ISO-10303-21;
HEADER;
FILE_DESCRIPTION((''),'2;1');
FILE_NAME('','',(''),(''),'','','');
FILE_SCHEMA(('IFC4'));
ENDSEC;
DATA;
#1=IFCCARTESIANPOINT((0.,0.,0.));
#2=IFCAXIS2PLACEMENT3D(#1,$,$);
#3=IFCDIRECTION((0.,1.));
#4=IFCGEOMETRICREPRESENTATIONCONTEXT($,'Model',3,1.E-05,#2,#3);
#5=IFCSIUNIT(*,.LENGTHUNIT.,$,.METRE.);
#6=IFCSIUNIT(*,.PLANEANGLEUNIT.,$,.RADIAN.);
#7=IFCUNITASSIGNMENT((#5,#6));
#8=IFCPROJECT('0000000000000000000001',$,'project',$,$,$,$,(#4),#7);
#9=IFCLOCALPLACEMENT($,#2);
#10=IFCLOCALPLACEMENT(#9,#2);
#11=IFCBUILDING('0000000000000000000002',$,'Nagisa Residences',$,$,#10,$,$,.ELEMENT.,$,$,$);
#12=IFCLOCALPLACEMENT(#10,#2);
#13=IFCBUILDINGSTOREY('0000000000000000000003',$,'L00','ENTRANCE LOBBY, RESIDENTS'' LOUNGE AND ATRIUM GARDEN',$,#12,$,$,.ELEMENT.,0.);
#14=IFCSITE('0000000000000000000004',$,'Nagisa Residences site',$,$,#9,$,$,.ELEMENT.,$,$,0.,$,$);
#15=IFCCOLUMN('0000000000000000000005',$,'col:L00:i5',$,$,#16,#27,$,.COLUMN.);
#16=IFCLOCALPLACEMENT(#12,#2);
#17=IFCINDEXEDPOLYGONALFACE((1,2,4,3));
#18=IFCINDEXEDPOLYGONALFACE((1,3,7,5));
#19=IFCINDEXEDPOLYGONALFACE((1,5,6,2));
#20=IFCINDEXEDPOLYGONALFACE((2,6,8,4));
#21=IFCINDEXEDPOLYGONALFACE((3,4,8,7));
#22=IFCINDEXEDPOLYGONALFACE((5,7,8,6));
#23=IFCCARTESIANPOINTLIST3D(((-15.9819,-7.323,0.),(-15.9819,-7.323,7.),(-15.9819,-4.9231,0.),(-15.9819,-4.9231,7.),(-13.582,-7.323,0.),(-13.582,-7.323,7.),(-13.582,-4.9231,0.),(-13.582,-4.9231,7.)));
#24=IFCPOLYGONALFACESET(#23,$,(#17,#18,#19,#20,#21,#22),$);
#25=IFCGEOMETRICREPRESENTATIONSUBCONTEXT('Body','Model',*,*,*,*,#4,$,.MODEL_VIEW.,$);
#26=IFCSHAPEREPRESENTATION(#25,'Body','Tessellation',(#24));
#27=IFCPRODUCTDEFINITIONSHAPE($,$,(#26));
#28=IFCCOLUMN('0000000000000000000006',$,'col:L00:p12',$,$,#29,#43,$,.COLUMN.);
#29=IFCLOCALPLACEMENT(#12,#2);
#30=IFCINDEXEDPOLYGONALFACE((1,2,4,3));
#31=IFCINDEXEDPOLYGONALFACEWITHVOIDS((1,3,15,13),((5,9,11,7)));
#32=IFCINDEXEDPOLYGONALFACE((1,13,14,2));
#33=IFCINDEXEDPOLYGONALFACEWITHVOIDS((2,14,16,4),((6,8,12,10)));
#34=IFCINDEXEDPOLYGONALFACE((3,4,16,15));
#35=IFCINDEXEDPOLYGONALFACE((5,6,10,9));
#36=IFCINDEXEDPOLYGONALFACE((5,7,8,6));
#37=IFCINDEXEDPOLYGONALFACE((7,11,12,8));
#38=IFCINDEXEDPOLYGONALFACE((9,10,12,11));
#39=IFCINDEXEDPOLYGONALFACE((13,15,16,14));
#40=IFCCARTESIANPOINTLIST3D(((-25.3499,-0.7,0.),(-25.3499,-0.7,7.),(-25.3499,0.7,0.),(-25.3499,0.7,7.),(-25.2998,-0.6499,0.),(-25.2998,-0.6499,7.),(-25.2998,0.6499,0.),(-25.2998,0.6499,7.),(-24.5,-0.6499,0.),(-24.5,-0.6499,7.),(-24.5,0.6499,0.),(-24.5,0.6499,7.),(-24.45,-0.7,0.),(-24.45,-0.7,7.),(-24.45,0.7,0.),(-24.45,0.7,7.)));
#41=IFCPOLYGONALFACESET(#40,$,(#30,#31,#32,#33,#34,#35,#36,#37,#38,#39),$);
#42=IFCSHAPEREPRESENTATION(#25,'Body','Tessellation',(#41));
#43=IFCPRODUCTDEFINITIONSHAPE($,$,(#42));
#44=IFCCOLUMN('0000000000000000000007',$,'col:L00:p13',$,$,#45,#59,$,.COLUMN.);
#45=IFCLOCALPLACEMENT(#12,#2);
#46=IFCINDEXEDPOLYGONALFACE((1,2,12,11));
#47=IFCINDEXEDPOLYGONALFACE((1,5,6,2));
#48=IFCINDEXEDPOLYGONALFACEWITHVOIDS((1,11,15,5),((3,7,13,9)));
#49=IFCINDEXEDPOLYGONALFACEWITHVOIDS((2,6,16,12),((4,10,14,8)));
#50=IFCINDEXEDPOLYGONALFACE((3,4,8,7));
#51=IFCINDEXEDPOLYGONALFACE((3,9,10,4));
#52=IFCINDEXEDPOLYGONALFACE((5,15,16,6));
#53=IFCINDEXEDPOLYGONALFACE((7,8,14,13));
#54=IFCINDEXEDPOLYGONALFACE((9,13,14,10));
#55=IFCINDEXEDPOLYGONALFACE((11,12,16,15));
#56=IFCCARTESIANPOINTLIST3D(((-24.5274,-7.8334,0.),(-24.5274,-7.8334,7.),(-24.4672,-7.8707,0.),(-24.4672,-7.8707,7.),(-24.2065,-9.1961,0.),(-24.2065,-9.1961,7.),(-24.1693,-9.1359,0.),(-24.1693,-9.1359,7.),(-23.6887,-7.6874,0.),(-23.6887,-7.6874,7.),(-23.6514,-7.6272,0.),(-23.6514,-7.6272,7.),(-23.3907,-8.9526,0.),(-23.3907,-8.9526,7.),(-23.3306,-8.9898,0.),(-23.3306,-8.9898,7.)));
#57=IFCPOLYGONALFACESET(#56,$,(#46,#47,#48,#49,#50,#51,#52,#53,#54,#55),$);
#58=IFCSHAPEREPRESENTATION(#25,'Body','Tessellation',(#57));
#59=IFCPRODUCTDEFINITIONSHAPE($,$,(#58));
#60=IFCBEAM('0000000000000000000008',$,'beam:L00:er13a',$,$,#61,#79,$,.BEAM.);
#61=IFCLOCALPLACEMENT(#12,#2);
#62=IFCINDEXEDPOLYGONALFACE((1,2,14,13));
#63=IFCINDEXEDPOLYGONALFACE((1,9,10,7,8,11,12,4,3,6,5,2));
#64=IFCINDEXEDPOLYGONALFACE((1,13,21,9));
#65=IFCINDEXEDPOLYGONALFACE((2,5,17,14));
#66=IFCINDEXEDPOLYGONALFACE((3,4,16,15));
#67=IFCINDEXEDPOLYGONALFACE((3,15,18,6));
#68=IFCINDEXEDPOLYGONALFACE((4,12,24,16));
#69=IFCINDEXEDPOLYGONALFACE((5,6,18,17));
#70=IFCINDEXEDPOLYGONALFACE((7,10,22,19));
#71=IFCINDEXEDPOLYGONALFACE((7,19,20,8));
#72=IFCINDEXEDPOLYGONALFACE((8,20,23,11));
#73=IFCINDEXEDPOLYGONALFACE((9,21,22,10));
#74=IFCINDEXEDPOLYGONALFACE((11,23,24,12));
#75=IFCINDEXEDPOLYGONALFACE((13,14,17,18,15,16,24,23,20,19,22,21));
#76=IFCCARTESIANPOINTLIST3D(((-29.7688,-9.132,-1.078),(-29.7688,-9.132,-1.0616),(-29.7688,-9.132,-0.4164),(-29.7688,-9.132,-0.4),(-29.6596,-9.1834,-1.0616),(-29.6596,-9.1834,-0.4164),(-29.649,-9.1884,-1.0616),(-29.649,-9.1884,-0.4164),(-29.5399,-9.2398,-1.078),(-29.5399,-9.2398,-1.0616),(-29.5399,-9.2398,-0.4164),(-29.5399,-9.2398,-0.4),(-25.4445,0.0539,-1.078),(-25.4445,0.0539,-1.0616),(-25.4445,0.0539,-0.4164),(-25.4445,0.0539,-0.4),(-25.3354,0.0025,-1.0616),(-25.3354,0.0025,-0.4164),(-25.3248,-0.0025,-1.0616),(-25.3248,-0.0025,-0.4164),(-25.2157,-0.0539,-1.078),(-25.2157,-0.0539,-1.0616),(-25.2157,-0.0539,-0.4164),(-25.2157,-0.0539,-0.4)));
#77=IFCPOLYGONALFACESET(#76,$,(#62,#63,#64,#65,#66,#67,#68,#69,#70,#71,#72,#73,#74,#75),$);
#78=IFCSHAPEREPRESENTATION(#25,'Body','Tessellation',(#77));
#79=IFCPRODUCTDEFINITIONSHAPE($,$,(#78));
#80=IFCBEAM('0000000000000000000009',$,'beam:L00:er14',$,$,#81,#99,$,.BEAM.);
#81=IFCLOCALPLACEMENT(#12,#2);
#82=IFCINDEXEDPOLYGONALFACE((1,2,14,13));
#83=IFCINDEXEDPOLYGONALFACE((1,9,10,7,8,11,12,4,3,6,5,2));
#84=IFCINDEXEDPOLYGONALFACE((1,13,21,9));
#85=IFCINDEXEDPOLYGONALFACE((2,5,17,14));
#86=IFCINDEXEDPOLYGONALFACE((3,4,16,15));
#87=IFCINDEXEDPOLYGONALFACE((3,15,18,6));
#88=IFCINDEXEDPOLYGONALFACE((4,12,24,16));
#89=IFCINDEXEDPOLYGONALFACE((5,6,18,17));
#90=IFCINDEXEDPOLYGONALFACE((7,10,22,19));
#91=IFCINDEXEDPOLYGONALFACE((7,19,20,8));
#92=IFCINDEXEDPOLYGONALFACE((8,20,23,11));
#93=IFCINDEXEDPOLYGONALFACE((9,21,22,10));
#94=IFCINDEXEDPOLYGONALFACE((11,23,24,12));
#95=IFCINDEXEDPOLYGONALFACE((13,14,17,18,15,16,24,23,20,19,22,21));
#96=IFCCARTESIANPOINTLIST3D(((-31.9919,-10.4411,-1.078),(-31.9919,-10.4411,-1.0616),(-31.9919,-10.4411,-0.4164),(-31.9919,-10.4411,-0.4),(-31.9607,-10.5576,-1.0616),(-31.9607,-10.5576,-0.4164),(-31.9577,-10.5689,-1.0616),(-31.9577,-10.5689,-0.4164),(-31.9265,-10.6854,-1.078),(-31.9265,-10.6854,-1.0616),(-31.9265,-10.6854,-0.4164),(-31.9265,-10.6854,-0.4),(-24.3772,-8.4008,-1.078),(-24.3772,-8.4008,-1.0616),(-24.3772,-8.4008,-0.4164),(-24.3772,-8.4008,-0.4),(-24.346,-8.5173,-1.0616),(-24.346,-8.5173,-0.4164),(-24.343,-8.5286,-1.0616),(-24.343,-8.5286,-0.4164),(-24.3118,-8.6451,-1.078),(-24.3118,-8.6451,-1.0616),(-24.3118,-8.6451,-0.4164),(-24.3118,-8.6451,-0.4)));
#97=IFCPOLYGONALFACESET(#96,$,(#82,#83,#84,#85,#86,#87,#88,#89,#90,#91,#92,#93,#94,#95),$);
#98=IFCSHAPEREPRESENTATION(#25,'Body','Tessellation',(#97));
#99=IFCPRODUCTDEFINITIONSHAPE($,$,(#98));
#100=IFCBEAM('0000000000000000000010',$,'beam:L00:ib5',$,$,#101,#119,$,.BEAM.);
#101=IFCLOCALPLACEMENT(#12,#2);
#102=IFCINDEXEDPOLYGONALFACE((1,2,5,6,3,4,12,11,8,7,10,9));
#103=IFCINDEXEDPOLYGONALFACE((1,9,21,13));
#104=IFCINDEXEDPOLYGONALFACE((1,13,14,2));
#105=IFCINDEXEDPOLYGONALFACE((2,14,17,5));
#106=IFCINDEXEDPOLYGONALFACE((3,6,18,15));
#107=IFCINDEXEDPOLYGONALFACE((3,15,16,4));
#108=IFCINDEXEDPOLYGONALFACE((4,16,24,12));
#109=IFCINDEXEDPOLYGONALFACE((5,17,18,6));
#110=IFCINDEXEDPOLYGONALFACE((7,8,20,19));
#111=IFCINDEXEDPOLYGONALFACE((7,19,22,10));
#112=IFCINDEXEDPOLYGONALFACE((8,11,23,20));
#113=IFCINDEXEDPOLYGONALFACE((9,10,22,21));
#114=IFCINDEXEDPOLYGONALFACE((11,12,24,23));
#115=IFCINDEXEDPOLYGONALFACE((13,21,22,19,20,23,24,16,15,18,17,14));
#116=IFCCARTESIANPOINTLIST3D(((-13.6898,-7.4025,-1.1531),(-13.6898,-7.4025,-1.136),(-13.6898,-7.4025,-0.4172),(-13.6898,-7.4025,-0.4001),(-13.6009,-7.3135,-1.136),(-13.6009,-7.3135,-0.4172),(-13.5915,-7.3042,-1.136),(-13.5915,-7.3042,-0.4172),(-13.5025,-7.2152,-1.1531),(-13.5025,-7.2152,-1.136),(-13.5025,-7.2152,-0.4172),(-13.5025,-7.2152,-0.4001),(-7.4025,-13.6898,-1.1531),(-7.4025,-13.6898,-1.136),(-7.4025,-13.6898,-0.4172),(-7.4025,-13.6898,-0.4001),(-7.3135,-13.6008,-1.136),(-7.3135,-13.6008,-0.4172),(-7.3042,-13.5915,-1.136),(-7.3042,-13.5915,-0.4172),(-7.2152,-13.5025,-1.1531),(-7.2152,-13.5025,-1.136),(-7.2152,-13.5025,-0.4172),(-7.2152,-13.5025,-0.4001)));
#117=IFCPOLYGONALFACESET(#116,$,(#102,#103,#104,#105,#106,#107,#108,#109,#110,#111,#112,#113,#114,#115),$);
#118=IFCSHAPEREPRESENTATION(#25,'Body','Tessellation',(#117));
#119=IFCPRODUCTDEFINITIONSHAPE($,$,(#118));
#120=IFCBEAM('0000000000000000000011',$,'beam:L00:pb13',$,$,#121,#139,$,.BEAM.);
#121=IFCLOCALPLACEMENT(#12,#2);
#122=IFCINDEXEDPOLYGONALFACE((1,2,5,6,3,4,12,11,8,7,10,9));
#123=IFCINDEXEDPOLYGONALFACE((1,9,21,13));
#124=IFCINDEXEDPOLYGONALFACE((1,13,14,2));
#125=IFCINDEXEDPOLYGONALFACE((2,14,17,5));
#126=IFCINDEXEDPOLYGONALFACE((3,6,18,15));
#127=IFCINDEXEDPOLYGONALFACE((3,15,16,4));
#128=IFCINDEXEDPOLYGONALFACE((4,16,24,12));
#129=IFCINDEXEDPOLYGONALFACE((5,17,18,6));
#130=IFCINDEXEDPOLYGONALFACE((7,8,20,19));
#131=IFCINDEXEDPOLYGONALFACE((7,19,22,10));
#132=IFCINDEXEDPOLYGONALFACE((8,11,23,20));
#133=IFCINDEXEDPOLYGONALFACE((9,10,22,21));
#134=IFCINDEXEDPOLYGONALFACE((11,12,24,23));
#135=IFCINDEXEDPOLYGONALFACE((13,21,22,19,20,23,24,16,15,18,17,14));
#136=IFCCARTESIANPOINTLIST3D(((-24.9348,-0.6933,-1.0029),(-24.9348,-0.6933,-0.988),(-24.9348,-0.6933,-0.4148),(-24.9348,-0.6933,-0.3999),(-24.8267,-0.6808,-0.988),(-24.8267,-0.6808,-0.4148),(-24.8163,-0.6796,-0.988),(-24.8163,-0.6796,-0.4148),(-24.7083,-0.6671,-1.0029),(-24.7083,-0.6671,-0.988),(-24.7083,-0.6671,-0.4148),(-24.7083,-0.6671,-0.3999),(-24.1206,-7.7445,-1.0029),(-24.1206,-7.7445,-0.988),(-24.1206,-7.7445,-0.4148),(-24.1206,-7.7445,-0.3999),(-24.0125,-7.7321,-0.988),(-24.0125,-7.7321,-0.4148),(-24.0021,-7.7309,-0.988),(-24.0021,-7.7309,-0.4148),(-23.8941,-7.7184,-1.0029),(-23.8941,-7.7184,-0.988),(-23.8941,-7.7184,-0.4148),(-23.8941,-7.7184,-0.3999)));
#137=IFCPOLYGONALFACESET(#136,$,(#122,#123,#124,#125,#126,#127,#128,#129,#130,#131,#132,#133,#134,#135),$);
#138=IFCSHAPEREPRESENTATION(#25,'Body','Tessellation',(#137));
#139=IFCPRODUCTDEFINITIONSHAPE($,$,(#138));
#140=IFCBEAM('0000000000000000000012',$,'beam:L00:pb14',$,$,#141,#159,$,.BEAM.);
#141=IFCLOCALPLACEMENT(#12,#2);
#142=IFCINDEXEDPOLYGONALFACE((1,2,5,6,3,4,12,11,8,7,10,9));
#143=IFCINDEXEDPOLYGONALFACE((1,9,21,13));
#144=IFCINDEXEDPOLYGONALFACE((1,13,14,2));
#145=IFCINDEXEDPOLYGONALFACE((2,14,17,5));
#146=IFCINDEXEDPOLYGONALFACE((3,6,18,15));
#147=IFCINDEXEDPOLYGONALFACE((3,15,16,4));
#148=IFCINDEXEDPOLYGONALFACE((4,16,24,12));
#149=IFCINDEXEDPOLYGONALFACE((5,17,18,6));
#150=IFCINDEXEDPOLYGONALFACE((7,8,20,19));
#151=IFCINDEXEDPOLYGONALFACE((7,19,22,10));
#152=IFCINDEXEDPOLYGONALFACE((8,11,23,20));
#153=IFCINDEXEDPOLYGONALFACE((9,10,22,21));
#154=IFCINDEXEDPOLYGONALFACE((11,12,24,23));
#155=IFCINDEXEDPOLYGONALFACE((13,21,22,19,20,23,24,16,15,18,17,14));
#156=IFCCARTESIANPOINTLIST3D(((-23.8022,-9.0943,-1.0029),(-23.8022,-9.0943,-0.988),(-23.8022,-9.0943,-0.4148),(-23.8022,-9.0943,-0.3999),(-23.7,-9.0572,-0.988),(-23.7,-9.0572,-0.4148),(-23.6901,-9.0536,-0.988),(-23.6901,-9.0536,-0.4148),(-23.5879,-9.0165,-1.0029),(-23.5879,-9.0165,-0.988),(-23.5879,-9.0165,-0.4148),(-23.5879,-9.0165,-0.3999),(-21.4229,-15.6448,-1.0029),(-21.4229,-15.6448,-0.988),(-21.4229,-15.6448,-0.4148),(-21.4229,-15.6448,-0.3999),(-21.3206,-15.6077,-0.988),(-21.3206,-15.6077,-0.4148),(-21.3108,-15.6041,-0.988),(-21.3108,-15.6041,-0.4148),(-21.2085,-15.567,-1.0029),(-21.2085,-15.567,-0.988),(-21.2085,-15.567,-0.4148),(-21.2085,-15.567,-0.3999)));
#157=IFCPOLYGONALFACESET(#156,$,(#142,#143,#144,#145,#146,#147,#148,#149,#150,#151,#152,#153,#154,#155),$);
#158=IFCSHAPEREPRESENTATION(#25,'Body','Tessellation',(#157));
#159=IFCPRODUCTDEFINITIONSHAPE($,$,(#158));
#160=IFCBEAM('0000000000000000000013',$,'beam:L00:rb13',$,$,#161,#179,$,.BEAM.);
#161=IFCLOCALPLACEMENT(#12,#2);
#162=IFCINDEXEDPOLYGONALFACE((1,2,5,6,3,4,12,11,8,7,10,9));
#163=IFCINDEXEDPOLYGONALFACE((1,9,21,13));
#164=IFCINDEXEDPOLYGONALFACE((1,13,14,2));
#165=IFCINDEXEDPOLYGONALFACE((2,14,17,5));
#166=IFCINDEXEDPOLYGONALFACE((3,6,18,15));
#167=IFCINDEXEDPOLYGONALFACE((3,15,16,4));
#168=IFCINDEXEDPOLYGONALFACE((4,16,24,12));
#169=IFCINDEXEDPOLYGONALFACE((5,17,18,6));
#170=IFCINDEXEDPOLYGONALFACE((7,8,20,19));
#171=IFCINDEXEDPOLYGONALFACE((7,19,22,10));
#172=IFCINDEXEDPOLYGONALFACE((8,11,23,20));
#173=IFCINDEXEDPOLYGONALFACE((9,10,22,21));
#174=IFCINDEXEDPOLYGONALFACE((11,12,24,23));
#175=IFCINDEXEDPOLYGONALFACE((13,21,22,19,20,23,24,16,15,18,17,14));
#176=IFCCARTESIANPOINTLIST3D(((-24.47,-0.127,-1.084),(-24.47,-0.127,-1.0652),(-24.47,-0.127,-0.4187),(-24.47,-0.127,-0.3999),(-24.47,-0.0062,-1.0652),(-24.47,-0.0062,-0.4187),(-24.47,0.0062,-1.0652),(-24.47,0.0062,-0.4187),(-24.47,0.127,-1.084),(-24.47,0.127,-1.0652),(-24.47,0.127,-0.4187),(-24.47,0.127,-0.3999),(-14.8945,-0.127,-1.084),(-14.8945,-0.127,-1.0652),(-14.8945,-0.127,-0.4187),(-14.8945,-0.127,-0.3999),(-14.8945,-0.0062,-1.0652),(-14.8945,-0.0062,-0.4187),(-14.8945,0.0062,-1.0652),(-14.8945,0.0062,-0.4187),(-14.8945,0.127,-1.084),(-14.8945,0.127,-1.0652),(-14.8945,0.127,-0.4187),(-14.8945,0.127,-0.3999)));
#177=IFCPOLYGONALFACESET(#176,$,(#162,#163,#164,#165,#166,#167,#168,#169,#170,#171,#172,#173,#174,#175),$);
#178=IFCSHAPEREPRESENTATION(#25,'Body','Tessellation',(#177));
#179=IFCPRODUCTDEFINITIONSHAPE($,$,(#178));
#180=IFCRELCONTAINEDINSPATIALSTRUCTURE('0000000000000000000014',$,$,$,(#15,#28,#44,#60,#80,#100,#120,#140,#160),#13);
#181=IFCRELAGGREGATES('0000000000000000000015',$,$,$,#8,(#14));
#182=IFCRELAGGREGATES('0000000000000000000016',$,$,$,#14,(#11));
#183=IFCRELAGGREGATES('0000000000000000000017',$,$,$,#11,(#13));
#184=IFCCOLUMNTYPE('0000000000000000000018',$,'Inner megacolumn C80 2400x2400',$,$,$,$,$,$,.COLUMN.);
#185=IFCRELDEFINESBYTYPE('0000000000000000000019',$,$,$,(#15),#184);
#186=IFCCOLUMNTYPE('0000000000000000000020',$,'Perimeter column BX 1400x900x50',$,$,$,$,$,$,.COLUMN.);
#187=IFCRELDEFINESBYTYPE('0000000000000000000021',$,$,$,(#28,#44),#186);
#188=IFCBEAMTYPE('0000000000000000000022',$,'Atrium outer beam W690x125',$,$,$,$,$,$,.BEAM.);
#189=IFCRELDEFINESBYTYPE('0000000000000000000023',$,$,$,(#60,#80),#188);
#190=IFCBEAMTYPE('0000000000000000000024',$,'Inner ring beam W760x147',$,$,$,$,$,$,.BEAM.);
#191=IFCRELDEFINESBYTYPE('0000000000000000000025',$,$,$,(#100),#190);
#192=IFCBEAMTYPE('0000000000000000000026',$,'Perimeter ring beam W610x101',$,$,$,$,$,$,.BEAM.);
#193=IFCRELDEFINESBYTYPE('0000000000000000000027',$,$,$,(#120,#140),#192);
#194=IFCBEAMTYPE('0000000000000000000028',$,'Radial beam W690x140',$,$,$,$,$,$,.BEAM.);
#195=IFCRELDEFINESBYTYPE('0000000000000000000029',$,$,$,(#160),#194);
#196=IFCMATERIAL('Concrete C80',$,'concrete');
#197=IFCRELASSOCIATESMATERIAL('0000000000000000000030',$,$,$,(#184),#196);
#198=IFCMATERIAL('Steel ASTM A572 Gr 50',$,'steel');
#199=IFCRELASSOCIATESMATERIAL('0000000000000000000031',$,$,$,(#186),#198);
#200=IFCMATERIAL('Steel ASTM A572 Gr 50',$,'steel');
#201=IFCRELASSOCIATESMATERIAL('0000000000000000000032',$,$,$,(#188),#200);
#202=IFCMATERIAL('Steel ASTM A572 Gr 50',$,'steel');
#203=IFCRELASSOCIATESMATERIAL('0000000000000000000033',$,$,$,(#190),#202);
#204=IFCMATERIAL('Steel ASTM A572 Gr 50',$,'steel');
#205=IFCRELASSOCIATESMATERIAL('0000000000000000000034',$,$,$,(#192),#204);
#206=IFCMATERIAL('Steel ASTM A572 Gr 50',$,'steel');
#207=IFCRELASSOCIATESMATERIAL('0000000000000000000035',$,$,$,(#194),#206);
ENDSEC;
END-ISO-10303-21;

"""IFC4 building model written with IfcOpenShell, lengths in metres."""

from ifc_helpers import new_model, si_unit, direction, frame, origin, origin_2d, place, context, subcontext, project, spatial, rectangle, hollow_rectangle, i_section, extrude, material, material_profile, profile_set, type_object, element, save


model = new_model("IFC4")

# Units and contexts
model_context = context("Model", 3, precision=1e-05, world=origin(), true_north=direction((0.0, 1.0)))
body_context = subcontext(model_context, "Body", "Model", "MODEL_VIEW")
ifc_project = project(units=[si_unit("LENGTHUNIT", "METRE"), si_unit("PLANEANGLEUNIT", "RADIAN")], contexts=[model_context])

# Site, building, storey
site_placement = place(None, origin())
site = spatial("IfcSite", under=ifc_project, at=site_placement, Name="Nagisa Residences site", CompositionType="ELEMENT", RefElevation=0.0)
building_placement = place(site_placement, origin())
building = spatial("IfcBuilding", under=site, at=building_placement, Name="Nagisa Residences", CompositionType="ELEMENT")
storey_placement = place(building_placement, origin())
storey = spatial("IfcBuildingStorey", under=building, at=storey_placement, Name="L00", Description="ENTRANCE LOBBY, RESIDENTS' LOUNGE AND ATRIUM GARDEN", CompositionType="ELEMENT", Elevation=0.0)

# Columns
ifc_material_1 = material(Name="Concrete C80", Category="concrete")
ifc_material_profile_1 = material_profile(ifc_material_1, rectangle(XDim=2.3999, YDim=2.3999, at=origin_2d()), Name="C80 2400x2400")
ifc_profile_set_1 = profile_set([ifc_material_profile_1], Name="Concrete C80")
column_type_1 = type_object("IfcColumnType", Name="Inner megacolumn C80 2400x2400", PredefinedType="COLUMN", material=ifc_profile_set_1)
column_placement = place(storey_placement, frame((-14.782, -6.123, 0.0), z_axis=(0.0, 0.0, 1.0), x_axis=(1.0, 0.0, 0.0)))
element("IfcColumn", 1, at=column_placement, inside=storey, type_object=column_type_1, Name="col:L00:i5", PredefinedType="COLUMN", context=body_context, shape_type="SweptSolid", body=[
    extrude(rectangle(XDim=2.3999, YDim=2.3999, at=origin_2d()), origin(), (0.0, 0.0, 1.0), 7.0),
])
ifc_material_2 = material(Name="Steel ASTM A572 Gr 50", Category="steel")
ifc_material_profile_2 = material_profile(ifc_material_2, hollow_rectangle(XDim=1.3999, YDim=0.8999, WallThickness=0.05, at=origin_2d()), Name="BX 1400x900x50")
ifc_profile_set_2 = profile_set([ifc_material_profile_2], Name="Steel ASTM A572 Gr 50")
column_type_2 = type_object("IfcColumnType", Name="Perimeter column BX 1400x900x50", PredefinedType="COLUMN", material=ifc_profile_set_2)
for number, where, z_axis, x_axis, name in (
    (2, (-24.8999, 0.0, 0.0), (0.0, 0.0, 1.0), (0.0, -1.0, 0.0), "col:L00:p12"),
    (3, (-23.929, -8.4116, 0.0), (0.0, 0.0, 1.0), (0.229202, -0.973379, 0.0), "col:L00:p13"),
):
    element("IfcColumn", number, at=place(storey_placement, frame(where, z_axis=z_axis, x_axis=x_axis)), inside=storey, type_object=column_type_2, Name=name, PredefinedType="COLUMN", context=body_context, shape_type="SweptSolid", body=[
        extrude(hollow_rectangle(XDim=1.3999, YDim=0.8999, WallThickness=0.05, at=origin_2d()), origin(), (0.0, 0.0, 1.0), 7.0),
    ])

# Beams
ifc_material_3 = material(Name="Steel ASTM A572 Gr 50", Category="steel")
ifc_material_profile_3 = material_profile(ifc_material_3, i_section(OverallWidth=0.2529, OverallDepth=0.678, WebThickness=0.0117, FlangeThickness=0.0164, at=origin_2d()), Name="W690x125")
ifc_profile_set_3 = profile_set([ifc_material_profile_3], Name="Steel ASTM A572 Gr 50")
beam_type_1 = type_object("IfcBeamType", Name="Atrium outer beam W690x125", PredefinedType="BEAM", material=ifc_profile_set_3)
beam_1_placement = place(storey_placement, frame((-25.3301, 0.0, -0.739), z_axis=(-0.425917, -0.904762, 0.0), x_axis=(0.904762, -0.425917, 0.0)))
element("IfcBeam", 4, at=beam_1_placement, inside=storey, type_object=beam_type_1, Name="beam:L00:er13a", PredefinedType="BEAM", context=body_context, shape_type="SweptSolid", body=[
    extrude(i_section(OverallWidth=0.2529, OverallDepth=0.678, WebThickness=0.0117, FlangeThickness=0.0164, at=origin_2d()), origin(), (0.0, 0.0, 1.0), 10.1528),
])
beam_2_placement = place(storey_placement, frame((-24.3445, -8.5229, -0.739), z_axis=(-0.965928, -0.258809, 0.0), x_axis=(0.258809, -0.965928, 0.0)))
element("IfcBeam", 5, at=beam_2_placement, inside=storey, type_object=beam_type_1, Name="beam:L00:er14", PredefinedType="BEAM", context=body_context, shape_type="SweptSolid", body=[
    extrude(i_section(OverallWidth=0.2529, OverallDepth=0.678, WebThickness=0.0117, FlangeThickness=0.0164, at=origin_2d()), origin(), (0.0, 0.0, 1.0), 7.8833),
])
ifc_material_4 = material(Name="Steel ASTM A572 Gr 50", Category="steel")
ifc_material_profile_4 = material_profile(ifc_material_4, i_section(OverallWidth=0.2649, OverallDepth=0.7529, WebThickness=0.0132, FlangeThickness=0.0171, at=origin_2d()), Name="W760x147")
ifc_profile_set_4 = profile_set([ifc_material_profile_4], Name="Steel ASTM A572 Gr 50")
beam_type_2 = type_object("IfcBeamType", Name="Inner ring beam W760x147", PredefinedType="BEAM", material=ifc_profile_set_4)
beam_3_placement = place(storey_placement, frame((-13.5962, -7.3088, -0.7766), z_axis=(0.707107, -0.707107, 0.0), x_axis=(0.707107, 0.707107, 0.0)))
element("IfcBeam", 6, at=beam_3_placement, inside=storey, type_object=beam_type_2, Name="beam:L00:ib5", PredefinedType="BEAM", context=body_context, shape_type="SweptSolid", body=[
    extrude(i_section(OverallWidth=0.2649, OverallDepth=0.7529, WebThickness=0.0132, FlangeThickness=0.0171, at=origin_2d()), origin(), (0.0, 0.0, 1.0), 8.8916),
])
ifc_material_5 = material(Name="Steel ASTM A572 Gr 50", Category="steel")
ifc_material_profile_5 = material_profile(ifc_material_5, i_section(OverallWidth=0.228, OverallDepth=0.603, WebThickness=0.0105, FlangeThickness=0.0149, at=origin_2d()), Name="W610x101")
ifc_profile_set_5 = profile_set([ifc_material_profile_5], Name="Steel ASTM A572 Gr 50")
beam_type_3 = type_object("IfcBeamType", Name="Perimeter ring beam W610x101", PredefinedType="BEAM", material=ifc_profile_set_5)
beam_4_placement = place(storey_placement, frame((-24.8215, -0.6802, -0.7014), z_axis=(0.114708, -0.993399, 0.0), x_axis=(0.993399, 0.114708, 0.0)))
element("IfcBeam", 7, at=beam_4_placement, inside=storey, type_object=beam_type_3, Name="beam:L00:pb13", PredefinedType="BEAM", context=body_context, shape_type="SweptSolid", body=[
    extrude(i_section(OverallWidth=0.228, OverallDepth=0.603, WebThickness=0.0105, FlangeThickness=0.0149, at=origin_2d()), origin(), (0.0, 0.0, 1.0), 7.0981),
])
beam_5_placement = place(storey_placement, frame((-23.6951, -9.0554, -0.7014), z_axis=(0.341411, -0.939914, 0.0), x_axis=(0.939914, 0.341411, 0.0)))
element("IfcBeam", 8, at=beam_5_placement, inside=storey, type_object=beam_type_3, Name="beam:L00:pb14", PredefinedType="BEAM", context=body_context, shape_type="SweptSolid", body=[
    extrude(i_section(OverallWidth=0.228, OverallDepth=0.603, WebThickness=0.0105, FlangeThickness=0.0149, at=origin_2d()), origin(), (0.0, 0.0, 1.0), 6.9692),
])
ifc_material_6 = material(Name="Steel ASTM A572 Gr 50", Category="steel")
ifc_material_profile_6 = material_profile(ifc_material_6, i_section(OverallWidth=0.2539, OverallDepth=0.6841, WebThickness=0.0125, FlangeThickness=0.0188, at=origin_2d()), Name="W690x140")
ifc_profile_set_6 = profile_set([ifc_material_profile_6], Name="Steel ASTM A572 Gr 50")
beam_type_4 = type_object("IfcBeamType", Name="Radial beam W690x140", PredefinedType="BEAM", material=ifc_profile_set_6)
beam_6_placement = place(storey_placement, frame((-24.47, 0.0, -0.7419), z_axis=(1.0, 0.0, 0.0), x_axis=(0.0, 1.0, 0.0)))
element("IfcBeam", 9, at=beam_6_placement, inside=storey, type_object=beam_type_4, Name="beam:L00:rb13", PredefinedType="BEAM", context=body_context, shape_type="SweptSolid", body=[
    extrude(i_section(OverallWidth=0.2539, OverallDepth=0.6841, WebThickness=0.0125, FlangeThickness=0.0188, at=origin_2d()), origin(), (0.0, 0.0, 1.0), 9.5754),
])

save(model, "model.ifc")
